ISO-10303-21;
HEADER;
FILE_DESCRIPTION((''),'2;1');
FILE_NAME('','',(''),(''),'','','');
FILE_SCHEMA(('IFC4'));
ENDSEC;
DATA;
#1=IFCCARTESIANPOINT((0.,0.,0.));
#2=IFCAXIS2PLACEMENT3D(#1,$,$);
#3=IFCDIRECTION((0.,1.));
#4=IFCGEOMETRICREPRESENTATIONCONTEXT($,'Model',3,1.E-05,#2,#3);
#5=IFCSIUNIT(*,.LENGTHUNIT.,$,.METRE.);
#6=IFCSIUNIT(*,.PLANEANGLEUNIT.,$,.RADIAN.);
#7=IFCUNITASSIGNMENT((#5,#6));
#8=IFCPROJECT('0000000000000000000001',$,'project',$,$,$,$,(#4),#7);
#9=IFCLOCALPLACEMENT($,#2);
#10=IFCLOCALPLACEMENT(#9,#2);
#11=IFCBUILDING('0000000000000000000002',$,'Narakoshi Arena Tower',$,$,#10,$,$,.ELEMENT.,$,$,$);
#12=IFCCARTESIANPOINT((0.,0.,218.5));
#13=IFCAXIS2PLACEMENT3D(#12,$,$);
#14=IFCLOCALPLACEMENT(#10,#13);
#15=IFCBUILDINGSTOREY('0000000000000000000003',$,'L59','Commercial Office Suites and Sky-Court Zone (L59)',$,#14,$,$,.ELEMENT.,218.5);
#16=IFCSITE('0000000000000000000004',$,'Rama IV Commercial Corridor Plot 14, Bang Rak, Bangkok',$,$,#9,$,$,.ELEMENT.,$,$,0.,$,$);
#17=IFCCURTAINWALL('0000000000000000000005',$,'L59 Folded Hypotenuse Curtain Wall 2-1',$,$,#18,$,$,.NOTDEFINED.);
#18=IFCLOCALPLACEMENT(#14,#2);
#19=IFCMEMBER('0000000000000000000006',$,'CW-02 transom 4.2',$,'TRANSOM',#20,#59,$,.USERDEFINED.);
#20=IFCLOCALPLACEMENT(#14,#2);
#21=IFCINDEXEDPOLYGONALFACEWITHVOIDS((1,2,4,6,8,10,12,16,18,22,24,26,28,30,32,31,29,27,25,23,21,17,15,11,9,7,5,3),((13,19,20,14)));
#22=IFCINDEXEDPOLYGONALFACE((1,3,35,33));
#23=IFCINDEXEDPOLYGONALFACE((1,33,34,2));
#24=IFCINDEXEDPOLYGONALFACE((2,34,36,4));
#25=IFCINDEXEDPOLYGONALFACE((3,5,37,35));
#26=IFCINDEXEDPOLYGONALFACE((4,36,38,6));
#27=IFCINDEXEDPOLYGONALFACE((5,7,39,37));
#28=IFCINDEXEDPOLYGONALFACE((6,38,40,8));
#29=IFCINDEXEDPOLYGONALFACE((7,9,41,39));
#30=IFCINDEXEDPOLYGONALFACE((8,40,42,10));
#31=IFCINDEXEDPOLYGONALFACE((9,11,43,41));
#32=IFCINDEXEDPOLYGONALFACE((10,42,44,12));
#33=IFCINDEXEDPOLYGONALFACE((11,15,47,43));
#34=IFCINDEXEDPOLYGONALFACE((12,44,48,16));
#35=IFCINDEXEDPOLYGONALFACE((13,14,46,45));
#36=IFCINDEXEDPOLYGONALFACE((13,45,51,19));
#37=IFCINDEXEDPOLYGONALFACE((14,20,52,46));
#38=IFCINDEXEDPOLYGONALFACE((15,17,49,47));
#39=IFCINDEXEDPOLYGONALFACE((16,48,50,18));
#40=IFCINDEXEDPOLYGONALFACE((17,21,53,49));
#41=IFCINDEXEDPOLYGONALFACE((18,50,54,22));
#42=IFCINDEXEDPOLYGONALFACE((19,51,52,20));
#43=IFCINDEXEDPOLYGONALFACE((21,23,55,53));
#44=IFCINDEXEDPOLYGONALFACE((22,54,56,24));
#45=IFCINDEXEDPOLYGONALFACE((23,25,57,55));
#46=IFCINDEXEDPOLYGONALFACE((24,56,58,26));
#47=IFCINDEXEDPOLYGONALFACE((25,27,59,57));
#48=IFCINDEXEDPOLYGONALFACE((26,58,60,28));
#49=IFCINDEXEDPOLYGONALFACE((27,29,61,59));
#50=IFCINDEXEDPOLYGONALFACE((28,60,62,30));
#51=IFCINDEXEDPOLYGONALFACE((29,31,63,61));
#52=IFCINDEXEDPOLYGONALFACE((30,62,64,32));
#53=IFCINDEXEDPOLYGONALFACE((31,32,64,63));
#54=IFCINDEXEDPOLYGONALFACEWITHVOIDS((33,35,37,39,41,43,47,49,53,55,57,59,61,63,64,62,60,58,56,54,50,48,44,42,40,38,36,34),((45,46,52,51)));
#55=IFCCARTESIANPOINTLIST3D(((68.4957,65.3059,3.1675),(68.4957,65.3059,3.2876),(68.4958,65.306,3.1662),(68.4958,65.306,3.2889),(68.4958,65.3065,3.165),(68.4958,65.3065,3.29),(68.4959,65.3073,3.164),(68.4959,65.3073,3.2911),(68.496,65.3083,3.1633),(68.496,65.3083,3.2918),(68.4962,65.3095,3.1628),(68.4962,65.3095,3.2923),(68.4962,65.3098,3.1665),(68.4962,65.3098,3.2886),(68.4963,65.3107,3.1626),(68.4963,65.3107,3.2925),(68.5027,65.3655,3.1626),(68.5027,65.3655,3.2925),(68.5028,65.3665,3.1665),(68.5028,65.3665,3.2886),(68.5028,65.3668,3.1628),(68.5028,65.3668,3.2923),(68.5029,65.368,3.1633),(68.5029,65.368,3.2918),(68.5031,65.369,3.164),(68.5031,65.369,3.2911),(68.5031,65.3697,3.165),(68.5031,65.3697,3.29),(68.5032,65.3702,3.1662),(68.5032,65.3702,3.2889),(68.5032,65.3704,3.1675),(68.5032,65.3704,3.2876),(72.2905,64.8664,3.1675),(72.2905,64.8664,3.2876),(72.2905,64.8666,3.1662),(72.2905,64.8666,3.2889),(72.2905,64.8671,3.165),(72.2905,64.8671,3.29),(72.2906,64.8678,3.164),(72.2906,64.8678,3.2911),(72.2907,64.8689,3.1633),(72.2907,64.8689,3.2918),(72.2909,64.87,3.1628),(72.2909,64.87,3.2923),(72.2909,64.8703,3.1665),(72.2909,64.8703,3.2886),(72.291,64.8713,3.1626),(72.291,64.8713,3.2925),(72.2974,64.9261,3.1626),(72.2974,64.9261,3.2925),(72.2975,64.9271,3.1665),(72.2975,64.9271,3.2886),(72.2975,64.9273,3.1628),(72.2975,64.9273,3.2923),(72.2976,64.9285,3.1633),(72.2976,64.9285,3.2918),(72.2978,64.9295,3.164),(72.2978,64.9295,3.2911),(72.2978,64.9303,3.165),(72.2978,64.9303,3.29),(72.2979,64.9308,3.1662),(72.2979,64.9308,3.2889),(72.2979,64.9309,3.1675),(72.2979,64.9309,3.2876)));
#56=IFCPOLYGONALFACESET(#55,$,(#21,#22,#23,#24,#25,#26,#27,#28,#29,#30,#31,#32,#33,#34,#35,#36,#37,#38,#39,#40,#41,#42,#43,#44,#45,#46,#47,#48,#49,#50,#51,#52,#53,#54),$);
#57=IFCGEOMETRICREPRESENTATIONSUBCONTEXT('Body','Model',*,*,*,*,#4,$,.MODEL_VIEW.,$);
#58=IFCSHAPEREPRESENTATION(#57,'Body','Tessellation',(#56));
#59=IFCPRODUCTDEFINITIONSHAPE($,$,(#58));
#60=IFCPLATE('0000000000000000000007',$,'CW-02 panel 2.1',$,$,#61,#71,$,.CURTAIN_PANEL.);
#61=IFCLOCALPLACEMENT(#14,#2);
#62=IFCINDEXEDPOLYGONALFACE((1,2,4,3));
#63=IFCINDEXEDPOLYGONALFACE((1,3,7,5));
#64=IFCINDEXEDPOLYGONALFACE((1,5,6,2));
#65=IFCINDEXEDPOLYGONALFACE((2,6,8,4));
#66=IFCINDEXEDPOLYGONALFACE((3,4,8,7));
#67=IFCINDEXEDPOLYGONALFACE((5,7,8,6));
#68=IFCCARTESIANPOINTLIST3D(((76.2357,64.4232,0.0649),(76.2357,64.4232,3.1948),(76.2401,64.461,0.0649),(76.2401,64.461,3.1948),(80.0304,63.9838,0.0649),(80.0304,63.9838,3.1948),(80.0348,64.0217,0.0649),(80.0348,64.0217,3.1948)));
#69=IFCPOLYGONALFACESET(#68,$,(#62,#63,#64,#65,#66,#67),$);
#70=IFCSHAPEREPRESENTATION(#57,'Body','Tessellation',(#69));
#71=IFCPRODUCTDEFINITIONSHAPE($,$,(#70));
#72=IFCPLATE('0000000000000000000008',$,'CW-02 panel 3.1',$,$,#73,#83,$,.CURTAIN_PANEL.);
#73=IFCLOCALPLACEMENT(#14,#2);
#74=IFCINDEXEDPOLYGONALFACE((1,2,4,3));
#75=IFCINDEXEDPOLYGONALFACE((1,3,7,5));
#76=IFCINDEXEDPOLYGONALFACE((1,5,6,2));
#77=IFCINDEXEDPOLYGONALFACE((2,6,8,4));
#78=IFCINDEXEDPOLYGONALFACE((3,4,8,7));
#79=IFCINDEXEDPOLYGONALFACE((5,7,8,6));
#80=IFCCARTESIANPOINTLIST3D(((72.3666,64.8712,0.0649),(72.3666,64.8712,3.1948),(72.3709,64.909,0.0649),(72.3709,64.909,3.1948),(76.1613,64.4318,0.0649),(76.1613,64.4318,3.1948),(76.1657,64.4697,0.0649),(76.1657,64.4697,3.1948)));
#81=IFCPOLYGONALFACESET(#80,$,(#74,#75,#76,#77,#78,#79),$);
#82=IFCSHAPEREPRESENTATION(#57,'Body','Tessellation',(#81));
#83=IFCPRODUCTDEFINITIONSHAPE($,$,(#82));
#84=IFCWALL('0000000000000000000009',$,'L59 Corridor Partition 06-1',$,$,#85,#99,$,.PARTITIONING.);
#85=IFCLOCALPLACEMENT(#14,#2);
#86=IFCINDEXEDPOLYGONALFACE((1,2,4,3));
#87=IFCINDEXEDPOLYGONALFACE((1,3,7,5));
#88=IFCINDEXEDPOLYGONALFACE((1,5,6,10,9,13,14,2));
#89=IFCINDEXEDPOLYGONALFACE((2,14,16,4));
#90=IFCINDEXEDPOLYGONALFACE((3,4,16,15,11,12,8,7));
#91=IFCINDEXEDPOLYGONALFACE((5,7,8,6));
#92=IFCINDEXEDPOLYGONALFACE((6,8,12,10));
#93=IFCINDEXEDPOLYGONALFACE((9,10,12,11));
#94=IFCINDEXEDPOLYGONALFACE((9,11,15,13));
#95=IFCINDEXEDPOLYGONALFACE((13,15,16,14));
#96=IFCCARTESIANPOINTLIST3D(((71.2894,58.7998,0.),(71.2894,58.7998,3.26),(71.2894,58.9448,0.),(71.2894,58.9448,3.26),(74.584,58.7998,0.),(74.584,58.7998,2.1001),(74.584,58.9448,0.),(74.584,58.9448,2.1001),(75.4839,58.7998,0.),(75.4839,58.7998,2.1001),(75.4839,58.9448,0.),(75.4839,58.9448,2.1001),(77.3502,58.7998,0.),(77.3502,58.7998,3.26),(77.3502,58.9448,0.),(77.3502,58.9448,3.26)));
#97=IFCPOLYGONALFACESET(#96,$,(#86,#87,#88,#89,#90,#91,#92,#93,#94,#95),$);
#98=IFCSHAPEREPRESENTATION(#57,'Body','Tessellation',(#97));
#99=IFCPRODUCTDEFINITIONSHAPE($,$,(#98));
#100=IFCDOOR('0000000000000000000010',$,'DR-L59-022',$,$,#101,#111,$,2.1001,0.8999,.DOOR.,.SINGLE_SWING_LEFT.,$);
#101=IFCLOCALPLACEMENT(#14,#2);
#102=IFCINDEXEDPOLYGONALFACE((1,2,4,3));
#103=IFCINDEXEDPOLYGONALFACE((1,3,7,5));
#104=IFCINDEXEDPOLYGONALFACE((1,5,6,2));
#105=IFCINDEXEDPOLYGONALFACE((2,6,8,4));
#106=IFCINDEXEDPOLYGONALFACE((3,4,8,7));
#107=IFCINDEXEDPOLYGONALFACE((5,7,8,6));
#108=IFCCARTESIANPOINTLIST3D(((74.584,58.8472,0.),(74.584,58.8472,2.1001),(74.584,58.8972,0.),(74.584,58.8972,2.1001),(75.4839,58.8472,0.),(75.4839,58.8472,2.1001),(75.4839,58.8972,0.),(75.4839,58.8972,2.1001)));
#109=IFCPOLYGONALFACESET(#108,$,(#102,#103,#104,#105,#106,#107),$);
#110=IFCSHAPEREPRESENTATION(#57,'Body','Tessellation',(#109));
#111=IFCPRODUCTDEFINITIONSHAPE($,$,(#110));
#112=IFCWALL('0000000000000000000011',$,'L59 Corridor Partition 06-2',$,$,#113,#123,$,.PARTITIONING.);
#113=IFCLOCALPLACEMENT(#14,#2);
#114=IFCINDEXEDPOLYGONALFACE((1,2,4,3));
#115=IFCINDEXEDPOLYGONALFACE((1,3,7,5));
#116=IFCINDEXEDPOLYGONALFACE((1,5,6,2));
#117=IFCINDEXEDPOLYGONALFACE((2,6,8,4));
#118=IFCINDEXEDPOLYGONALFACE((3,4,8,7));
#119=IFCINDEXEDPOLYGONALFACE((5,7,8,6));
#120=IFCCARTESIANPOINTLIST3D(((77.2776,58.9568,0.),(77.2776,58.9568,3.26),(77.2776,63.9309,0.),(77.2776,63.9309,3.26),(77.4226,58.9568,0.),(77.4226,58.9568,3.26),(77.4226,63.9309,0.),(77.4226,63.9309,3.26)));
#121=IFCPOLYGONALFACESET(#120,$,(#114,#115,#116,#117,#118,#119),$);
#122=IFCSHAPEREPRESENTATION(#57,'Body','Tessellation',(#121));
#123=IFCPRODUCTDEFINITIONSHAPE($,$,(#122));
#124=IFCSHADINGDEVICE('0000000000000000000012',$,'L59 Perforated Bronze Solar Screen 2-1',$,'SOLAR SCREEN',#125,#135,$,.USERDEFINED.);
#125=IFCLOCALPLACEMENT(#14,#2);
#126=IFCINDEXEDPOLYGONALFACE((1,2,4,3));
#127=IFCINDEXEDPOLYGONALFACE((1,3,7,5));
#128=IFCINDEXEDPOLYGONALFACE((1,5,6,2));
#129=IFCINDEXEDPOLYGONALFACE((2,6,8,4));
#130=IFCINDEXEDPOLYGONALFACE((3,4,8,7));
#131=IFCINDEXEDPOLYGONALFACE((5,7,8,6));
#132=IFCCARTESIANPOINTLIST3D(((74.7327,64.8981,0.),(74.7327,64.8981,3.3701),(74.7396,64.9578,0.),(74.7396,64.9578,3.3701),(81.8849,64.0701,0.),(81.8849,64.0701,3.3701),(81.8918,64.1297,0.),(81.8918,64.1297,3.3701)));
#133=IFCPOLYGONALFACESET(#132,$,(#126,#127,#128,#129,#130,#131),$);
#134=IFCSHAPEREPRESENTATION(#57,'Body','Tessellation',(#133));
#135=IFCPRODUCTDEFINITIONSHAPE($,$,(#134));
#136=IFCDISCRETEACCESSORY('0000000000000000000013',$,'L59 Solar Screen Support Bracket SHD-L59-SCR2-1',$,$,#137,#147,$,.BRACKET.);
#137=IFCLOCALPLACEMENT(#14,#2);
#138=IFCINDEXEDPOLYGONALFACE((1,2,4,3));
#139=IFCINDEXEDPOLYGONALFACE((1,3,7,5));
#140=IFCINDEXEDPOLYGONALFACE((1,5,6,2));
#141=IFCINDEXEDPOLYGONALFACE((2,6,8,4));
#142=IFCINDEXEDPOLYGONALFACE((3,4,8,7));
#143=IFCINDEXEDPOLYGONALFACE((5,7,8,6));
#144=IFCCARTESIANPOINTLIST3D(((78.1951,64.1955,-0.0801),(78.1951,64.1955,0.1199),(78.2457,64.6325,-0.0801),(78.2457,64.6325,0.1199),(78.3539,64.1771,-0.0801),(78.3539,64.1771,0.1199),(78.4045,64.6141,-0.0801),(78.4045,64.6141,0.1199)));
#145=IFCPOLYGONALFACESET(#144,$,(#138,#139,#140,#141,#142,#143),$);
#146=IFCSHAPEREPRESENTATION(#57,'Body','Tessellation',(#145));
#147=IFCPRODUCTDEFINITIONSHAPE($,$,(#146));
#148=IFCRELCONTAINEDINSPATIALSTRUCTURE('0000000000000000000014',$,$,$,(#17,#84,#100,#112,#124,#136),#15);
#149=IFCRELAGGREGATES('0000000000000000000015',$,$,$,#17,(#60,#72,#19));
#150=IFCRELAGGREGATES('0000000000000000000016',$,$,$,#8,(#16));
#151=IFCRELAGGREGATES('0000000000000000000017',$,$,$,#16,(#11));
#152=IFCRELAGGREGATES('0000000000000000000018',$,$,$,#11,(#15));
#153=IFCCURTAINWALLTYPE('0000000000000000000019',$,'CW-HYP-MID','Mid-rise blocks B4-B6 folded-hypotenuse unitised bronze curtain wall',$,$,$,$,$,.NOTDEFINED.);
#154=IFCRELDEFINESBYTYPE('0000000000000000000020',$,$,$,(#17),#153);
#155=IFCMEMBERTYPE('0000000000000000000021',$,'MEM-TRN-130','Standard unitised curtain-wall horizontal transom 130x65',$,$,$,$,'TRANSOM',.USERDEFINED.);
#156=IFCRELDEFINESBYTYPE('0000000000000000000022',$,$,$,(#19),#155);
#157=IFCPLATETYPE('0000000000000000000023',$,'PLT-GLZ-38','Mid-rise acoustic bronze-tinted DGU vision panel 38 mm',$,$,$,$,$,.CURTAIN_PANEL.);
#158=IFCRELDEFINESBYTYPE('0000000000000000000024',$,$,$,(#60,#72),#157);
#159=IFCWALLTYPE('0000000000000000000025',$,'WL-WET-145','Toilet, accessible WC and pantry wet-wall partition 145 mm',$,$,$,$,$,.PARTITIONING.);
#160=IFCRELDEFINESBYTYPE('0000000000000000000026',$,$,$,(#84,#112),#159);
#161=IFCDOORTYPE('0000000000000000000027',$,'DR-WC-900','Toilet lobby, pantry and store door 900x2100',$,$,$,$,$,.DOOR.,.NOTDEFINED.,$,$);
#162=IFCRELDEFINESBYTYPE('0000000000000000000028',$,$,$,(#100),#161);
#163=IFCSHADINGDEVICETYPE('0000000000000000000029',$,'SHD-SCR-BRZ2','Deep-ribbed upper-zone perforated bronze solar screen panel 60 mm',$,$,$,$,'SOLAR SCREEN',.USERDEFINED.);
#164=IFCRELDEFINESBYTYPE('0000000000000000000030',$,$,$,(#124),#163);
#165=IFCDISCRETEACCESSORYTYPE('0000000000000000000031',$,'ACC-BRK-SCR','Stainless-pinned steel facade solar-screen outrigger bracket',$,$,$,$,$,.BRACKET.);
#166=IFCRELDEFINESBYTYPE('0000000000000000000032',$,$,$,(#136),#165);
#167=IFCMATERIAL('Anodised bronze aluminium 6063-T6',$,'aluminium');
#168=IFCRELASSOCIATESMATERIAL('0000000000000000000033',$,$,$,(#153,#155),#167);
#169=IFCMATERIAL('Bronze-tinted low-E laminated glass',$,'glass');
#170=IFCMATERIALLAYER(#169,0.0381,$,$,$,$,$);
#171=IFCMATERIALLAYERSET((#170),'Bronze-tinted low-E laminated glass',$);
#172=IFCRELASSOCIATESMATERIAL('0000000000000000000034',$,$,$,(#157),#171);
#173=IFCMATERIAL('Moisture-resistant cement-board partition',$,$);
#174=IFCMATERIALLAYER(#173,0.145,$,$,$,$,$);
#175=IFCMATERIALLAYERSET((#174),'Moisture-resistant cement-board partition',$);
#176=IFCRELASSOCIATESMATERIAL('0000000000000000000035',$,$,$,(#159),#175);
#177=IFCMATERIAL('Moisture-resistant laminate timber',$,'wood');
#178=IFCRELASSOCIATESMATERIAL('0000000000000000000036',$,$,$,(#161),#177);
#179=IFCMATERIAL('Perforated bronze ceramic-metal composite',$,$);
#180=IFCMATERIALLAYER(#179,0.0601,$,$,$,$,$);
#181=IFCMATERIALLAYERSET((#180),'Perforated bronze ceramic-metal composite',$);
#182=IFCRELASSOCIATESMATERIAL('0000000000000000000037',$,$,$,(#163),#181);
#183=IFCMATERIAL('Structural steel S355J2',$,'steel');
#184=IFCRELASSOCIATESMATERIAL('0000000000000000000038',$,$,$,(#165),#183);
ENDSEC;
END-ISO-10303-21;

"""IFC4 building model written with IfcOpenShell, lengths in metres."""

from ifc_helpers import new_model, si_unit, direction, frame, frame_2d, origin, origin_2d, place, context, subcontext, project, spatial, rectangle, hollow_rectangle, extrude, material, layer, layer_set, material_profile, profile_set, type_object, element, fill, aggregate, save


model = new_model("IFC4")

# Units and contexts
model_context = context("Model", 3, precision=1e-05, world=origin(), true_north=direction((0.0, 1.0)))
body_context = subcontext(model_context, "Body", "Model", "MODEL_VIEW")
ifc_project = project(units=[si_unit("LENGTHUNIT", "METRE"), si_unit("PLANEANGLEUNIT", "RADIAN")], contexts=[model_context])

# Site, building, storey
site_placement = place(None, origin())
site = spatial("IfcSite", under=ifc_project, at=site_placement, Name="Rama IV Commercial Corridor Plot 14, Bang Rak, Bangkok", CompositionType="ELEMENT", RefElevation=0.0)
building_placement = place(site_placement, origin())
building = spatial("IfcBuilding", under=site, at=building_placement, Name="Narakoshi Arena Tower", CompositionType="ELEMENT")
storey_placement = place(building_placement, frame((0.0, 0.0, 218.5)))
storey = spatial("IfcBuildingStorey", under=building, at=storey_placement, Name="L59", Description="Commercial Office Suites and Sky-Court Zone (L59)", CompositionType="ELEMENT", Elevation=218.5)

# Shared definitions
ifc_material_1 = material(Name="Structural steel S355J2", Category="steel")

# Curtain wall, member, plates
ifc_material_2 = material(Name="Anodised bronze aluminium 6063-T6", Category="aluminium")
curtain_wall_type = type_object("IfcCurtainWallType", Name="CW-HYP-MID", Description="Mid-rise blocks B4-B6 folded-hypotenuse unitised bronze curtain wall", PredefinedType="NOTDEFINED", material=ifc_material_2)
curtain_wall_placement = place(storey_placement, origin())
curtain_wall = element("IfcCurtainWall", 1, at=curtain_wall_placement, inside=storey, type_object=curtain_wall_type, Name="L59 Folded Hypotenuse Curtain Wall 2-1", PredefinedType="NOTDEFINED")
ifc_material_profile_1 = material_profile(ifc_material_2, hollow_rectangle(XDim=0.0649, YDim=0.1299, WallThickness=0.0039, OuterFilletRadius=0.0049, at=origin_2d()), Name="TRN130x65x4")
ifc_profile_set_1 = profile_set([ifc_material_profile_1], Name="Anodised bronze aluminium 6063-T6")
member_type_1 = type_object("IfcMemberType", Name="MEM-TRN-130", Description="Standard unitised curtain-wall horizontal transom 130x65", ElementType="TRANSOM", PredefinedType="USERDEFINED", material=ifc_profile_set_1)
member_1_placement = place(storey_placement, frame((72.2942, 64.8987, 3.2275), z_axis=(-0.993361, 0.115039, 0.0), x_axis=(-0.115039, -0.993361, 0.0)))
member_1 = element("IfcMember", 2, at=member_1_placement, type_object=member_type_1, Name="CW-02 transom 4.2", ObjectType="TRANSOM", PredefinedType="USERDEFINED", context=body_context, shape_type="SweptSolid", body=[
    extrude(hollow_rectangle(XDim=0.0649, YDim=0.1299, WallThickness=0.0039, OuterFilletRadius=0.0049, at=origin_2d()), origin(), (0.0, 0.0, 1.0), 3.8201),
])
ifc_material_3 = material(Name="Bronze-tinted low-E laminated glass", Category="glass")
ifc_layer_1 = layer(ifc_material_3, 0.0381)
ifc_layer_set_1 = layer_set([ifc_layer_1], Name="Bronze-tinted low-E laminated glass")
plate_type = type_object("IfcPlateType", Name="PLT-GLZ-38", Description="Mid-rise acoustic bronze-tinted DGU vision panel 38 mm", PredefinedType="CURTAIN_PANEL", material=ifc_layer_set_1)
plate_1_placement = place(storey_placement, frame((78.1353, 64.2224, 0.0649), z_axis=(0.0, 0.0, 1.0), x_axis=(-0.993364, 0.115011, 0.0)))
plate_1 = element("IfcPlate", 3, at=plate_1_placement, type_object=plate_type, Name="CW-02 panel 2.1", PredefinedType="CURTAIN_PANEL", context=body_context, shape_type="SweptSolid", body=[
    extrude(rectangle(XDim=3.8201, YDim=0.0381, at=origin_2d()), origin(), (0.0, 0.0, 1.0), 3.1299),
])
plate_2_placement = place(storey_placement, frame((74.2661, 64.6704, 0.0649), z_axis=(0.0, 0.0, 1.0), x_axis=(-0.993364, 0.115011, 0.0)))
plate_2 = element("IfcPlate", 4, at=plate_2_placement, type_object=plate_type, Name="CW-02 panel 3.1", PredefinedType="CURTAIN_PANEL", context=body_context, shape_type="SweptSolid", body=[
    extrude(rectangle(XDim=3.8201, YDim=0.0381, at=origin_2d()), origin(), (0.0, 0.0, 1.0), 3.1299),
])
aggregate(curtain_wall, [plate_1, plate_2, member_1])

# Wall, opening, door
ifc_material_4 = material(Name="Moisture-resistant cement-board partition")
ifc_layer_2 = layer(ifc_material_4, 0.145)
ifc_layer_set_2 = layer_set([ifc_layer_2], Name="Moisture-resistant cement-board partition")
wall_type = type_object("IfcWallType", Name="WL-WET-145", Description="Toilet, accessible WC and pantry wet-wall partition 145 mm", PredefinedType="PARTITIONING", material=ifc_layer_set_2)
wall_1_placement = place(storey_placement, frame((77.3501, 58.8723, 0.0), z_axis=(0.0, 0.0, 1.0), x_axis=(-1.0, 0.0, 0.0)))
wall_1 = element("IfcWall", 5, at=wall_1_placement, inside=storey, type_object=wall_type, Name="L59 Corridor Partition 06-1", PredefinedType="PARTITIONING", context=body_context, shape_type="SweptSolid", body=[
    extrude(rectangle(XDim=6.0608, YDim=0.145, at=frame_2d((3.0303, 0.0))), origin(), (0.0, 0.0, 1.0), 3.26),
])
opening_placement = place(wall_1_placement, frame((1.8662, 0.0, 0.0)))
opening = element("IfcOpeningElement", 6, at=opening_placement, cuts=wall_1, PredefinedType="OPENING", context=body_context, shape_type="SweptSolid", body=[
    extrude(rectangle(XDim=0.8999, YDim=2.1001, at=frame_2d((0.45, 1.05))), frame((0.0, 0.0825, 0.0), z_axis=(0.0, -1.0, 0.0), x_axis=(1.0, 0.0, 0.0)), (0.0, 0.0, 1.0), 0.165),
])
ifc_material_5 = material(Name="Moisture-resistant laminate timber", Category="wood")
door_type = type_object("IfcDoorType", Name="DR-WC-900", Description="Toilet lobby, pantry and store door 900x2100", OperationType="NOTDEFINED", PredefinedType="DOOR", material=ifc_material_5)
door_placement = place(opening_placement, frame((0.8999, 0.0, 0.0), z_axis=(0.0, 0.0, 1.0), x_axis=(-1.0, 0.0, 0.0)))
door = element("IfcDoor", 7, at=door_placement, inside=storey, type_object=door_type, Name="DR-L59-022", OperationType="SINGLE_SWING_LEFT", OverallHeight=2.1001, OverallWidth=0.8999, PredefinedType="DOOR", context=body_context, shape_type="SweptSolid", body=[
    extrude(rectangle(XDim=0.8999, YDim=2.1001, at=frame_2d((0.45, 1.05))), frame((0.0, 0.0249, 0.0), z_axis=(0.0, -1.0, 0.0), x_axis=(1.0, 0.0, 0.0)), (0.0, 0.0, 1.0), 0.05),
])
fill(opening, door)

# Wall
wall_2_placement = place(storey_placement, frame((77.3501, 63.9309, 0.0), z_axis=(0.0, 0.0, 1.0), x_axis=(0.0, -1.0, 0.0)))
element("IfcWall", 8, at=wall_2_placement, inside=storey, type_object=wall_type, Name="L59 Corridor Partition 06-2", PredefinedType="PARTITIONING", context=body_context, shape_type="SweptSolid", body=[
    extrude(rectangle(XDim=4.9741, YDim=0.145, at=frame_2d((2.4871, 0.0))), origin(), (0.0, 0.0, 1.0), 3.26),
])

# Shading device
ifc_material_6 = material(Name="Perforated bronze ceramic-metal composite")
ifc_layer_3 = layer(ifc_material_6, 0.0601)
ifc_layer_set_3 = layer_set([ifc_layer_3], Name="Perforated bronze ceramic-metal composite")
shading_device_type = type_object("IfcShadingDeviceType", Name="SHD-SCR-BRZ2", Description="Deep-ribbed upper-zone perforated bronze solar screen panel 60 mm", ElementType="SOLAR SCREEN", PredefinedType="USERDEFINED", material=ifc_layer_set_3)
shading_device_placement = place(storey_placement, frame((78.3123, 64.5139, 0.0), z_axis=(0.0, 0.0, 1.0), x_axis=(-0.993365, 0.115007, 0.0)))
element("IfcShadingDevice", 9, at=shading_device_placement, inside=storey, type_object=shading_device_type, Name="L59 Perforated Bronze Solar Screen 2-1", ObjectType="SOLAR SCREEN", PredefinedType="USERDEFINED", context=body_context, shape_type="SweptSolid", body=[
    extrude(rectangle(XDim=7.2, YDim=0.0601, at=origin_2d()), origin(), (0.0, 0.0, 1.0), 3.3701),
])

# Discrete accessory
discrete_accessory_type = type_object("IfcDiscreteAccessoryType", Name="ACC-BRK-SCR", Description="Stainless-pinned steel facade solar-screen outrigger bracket", PredefinedType="BRACKET", material=ifc_material_1)
discrete_accessory_placement = place(storey_placement, frame((78.2998, 64.4048, -0.0801), z_axis=(0.0, 0.0, 1.0), x_axis=(-0.993365, 0.115007, 0.0)))
element("IfcDiscreteAccessory", 10, at=discrete_accessory_placement, inside=storey, type_object=discrete_accessory_type, Name="L59 Solar Screen Support Bracket SHD-L59-SCR2-1", PredefinedType="BRACKET", context=body_context, shape_type="SweptSolid", body=[
    extrude(rectangle(XDim=0.1599, YDim=0.4399, at=origin_2d()), origin(), (0.0, 0.0, 1.0), 0.2),
])

save(model, "model.ifc")
